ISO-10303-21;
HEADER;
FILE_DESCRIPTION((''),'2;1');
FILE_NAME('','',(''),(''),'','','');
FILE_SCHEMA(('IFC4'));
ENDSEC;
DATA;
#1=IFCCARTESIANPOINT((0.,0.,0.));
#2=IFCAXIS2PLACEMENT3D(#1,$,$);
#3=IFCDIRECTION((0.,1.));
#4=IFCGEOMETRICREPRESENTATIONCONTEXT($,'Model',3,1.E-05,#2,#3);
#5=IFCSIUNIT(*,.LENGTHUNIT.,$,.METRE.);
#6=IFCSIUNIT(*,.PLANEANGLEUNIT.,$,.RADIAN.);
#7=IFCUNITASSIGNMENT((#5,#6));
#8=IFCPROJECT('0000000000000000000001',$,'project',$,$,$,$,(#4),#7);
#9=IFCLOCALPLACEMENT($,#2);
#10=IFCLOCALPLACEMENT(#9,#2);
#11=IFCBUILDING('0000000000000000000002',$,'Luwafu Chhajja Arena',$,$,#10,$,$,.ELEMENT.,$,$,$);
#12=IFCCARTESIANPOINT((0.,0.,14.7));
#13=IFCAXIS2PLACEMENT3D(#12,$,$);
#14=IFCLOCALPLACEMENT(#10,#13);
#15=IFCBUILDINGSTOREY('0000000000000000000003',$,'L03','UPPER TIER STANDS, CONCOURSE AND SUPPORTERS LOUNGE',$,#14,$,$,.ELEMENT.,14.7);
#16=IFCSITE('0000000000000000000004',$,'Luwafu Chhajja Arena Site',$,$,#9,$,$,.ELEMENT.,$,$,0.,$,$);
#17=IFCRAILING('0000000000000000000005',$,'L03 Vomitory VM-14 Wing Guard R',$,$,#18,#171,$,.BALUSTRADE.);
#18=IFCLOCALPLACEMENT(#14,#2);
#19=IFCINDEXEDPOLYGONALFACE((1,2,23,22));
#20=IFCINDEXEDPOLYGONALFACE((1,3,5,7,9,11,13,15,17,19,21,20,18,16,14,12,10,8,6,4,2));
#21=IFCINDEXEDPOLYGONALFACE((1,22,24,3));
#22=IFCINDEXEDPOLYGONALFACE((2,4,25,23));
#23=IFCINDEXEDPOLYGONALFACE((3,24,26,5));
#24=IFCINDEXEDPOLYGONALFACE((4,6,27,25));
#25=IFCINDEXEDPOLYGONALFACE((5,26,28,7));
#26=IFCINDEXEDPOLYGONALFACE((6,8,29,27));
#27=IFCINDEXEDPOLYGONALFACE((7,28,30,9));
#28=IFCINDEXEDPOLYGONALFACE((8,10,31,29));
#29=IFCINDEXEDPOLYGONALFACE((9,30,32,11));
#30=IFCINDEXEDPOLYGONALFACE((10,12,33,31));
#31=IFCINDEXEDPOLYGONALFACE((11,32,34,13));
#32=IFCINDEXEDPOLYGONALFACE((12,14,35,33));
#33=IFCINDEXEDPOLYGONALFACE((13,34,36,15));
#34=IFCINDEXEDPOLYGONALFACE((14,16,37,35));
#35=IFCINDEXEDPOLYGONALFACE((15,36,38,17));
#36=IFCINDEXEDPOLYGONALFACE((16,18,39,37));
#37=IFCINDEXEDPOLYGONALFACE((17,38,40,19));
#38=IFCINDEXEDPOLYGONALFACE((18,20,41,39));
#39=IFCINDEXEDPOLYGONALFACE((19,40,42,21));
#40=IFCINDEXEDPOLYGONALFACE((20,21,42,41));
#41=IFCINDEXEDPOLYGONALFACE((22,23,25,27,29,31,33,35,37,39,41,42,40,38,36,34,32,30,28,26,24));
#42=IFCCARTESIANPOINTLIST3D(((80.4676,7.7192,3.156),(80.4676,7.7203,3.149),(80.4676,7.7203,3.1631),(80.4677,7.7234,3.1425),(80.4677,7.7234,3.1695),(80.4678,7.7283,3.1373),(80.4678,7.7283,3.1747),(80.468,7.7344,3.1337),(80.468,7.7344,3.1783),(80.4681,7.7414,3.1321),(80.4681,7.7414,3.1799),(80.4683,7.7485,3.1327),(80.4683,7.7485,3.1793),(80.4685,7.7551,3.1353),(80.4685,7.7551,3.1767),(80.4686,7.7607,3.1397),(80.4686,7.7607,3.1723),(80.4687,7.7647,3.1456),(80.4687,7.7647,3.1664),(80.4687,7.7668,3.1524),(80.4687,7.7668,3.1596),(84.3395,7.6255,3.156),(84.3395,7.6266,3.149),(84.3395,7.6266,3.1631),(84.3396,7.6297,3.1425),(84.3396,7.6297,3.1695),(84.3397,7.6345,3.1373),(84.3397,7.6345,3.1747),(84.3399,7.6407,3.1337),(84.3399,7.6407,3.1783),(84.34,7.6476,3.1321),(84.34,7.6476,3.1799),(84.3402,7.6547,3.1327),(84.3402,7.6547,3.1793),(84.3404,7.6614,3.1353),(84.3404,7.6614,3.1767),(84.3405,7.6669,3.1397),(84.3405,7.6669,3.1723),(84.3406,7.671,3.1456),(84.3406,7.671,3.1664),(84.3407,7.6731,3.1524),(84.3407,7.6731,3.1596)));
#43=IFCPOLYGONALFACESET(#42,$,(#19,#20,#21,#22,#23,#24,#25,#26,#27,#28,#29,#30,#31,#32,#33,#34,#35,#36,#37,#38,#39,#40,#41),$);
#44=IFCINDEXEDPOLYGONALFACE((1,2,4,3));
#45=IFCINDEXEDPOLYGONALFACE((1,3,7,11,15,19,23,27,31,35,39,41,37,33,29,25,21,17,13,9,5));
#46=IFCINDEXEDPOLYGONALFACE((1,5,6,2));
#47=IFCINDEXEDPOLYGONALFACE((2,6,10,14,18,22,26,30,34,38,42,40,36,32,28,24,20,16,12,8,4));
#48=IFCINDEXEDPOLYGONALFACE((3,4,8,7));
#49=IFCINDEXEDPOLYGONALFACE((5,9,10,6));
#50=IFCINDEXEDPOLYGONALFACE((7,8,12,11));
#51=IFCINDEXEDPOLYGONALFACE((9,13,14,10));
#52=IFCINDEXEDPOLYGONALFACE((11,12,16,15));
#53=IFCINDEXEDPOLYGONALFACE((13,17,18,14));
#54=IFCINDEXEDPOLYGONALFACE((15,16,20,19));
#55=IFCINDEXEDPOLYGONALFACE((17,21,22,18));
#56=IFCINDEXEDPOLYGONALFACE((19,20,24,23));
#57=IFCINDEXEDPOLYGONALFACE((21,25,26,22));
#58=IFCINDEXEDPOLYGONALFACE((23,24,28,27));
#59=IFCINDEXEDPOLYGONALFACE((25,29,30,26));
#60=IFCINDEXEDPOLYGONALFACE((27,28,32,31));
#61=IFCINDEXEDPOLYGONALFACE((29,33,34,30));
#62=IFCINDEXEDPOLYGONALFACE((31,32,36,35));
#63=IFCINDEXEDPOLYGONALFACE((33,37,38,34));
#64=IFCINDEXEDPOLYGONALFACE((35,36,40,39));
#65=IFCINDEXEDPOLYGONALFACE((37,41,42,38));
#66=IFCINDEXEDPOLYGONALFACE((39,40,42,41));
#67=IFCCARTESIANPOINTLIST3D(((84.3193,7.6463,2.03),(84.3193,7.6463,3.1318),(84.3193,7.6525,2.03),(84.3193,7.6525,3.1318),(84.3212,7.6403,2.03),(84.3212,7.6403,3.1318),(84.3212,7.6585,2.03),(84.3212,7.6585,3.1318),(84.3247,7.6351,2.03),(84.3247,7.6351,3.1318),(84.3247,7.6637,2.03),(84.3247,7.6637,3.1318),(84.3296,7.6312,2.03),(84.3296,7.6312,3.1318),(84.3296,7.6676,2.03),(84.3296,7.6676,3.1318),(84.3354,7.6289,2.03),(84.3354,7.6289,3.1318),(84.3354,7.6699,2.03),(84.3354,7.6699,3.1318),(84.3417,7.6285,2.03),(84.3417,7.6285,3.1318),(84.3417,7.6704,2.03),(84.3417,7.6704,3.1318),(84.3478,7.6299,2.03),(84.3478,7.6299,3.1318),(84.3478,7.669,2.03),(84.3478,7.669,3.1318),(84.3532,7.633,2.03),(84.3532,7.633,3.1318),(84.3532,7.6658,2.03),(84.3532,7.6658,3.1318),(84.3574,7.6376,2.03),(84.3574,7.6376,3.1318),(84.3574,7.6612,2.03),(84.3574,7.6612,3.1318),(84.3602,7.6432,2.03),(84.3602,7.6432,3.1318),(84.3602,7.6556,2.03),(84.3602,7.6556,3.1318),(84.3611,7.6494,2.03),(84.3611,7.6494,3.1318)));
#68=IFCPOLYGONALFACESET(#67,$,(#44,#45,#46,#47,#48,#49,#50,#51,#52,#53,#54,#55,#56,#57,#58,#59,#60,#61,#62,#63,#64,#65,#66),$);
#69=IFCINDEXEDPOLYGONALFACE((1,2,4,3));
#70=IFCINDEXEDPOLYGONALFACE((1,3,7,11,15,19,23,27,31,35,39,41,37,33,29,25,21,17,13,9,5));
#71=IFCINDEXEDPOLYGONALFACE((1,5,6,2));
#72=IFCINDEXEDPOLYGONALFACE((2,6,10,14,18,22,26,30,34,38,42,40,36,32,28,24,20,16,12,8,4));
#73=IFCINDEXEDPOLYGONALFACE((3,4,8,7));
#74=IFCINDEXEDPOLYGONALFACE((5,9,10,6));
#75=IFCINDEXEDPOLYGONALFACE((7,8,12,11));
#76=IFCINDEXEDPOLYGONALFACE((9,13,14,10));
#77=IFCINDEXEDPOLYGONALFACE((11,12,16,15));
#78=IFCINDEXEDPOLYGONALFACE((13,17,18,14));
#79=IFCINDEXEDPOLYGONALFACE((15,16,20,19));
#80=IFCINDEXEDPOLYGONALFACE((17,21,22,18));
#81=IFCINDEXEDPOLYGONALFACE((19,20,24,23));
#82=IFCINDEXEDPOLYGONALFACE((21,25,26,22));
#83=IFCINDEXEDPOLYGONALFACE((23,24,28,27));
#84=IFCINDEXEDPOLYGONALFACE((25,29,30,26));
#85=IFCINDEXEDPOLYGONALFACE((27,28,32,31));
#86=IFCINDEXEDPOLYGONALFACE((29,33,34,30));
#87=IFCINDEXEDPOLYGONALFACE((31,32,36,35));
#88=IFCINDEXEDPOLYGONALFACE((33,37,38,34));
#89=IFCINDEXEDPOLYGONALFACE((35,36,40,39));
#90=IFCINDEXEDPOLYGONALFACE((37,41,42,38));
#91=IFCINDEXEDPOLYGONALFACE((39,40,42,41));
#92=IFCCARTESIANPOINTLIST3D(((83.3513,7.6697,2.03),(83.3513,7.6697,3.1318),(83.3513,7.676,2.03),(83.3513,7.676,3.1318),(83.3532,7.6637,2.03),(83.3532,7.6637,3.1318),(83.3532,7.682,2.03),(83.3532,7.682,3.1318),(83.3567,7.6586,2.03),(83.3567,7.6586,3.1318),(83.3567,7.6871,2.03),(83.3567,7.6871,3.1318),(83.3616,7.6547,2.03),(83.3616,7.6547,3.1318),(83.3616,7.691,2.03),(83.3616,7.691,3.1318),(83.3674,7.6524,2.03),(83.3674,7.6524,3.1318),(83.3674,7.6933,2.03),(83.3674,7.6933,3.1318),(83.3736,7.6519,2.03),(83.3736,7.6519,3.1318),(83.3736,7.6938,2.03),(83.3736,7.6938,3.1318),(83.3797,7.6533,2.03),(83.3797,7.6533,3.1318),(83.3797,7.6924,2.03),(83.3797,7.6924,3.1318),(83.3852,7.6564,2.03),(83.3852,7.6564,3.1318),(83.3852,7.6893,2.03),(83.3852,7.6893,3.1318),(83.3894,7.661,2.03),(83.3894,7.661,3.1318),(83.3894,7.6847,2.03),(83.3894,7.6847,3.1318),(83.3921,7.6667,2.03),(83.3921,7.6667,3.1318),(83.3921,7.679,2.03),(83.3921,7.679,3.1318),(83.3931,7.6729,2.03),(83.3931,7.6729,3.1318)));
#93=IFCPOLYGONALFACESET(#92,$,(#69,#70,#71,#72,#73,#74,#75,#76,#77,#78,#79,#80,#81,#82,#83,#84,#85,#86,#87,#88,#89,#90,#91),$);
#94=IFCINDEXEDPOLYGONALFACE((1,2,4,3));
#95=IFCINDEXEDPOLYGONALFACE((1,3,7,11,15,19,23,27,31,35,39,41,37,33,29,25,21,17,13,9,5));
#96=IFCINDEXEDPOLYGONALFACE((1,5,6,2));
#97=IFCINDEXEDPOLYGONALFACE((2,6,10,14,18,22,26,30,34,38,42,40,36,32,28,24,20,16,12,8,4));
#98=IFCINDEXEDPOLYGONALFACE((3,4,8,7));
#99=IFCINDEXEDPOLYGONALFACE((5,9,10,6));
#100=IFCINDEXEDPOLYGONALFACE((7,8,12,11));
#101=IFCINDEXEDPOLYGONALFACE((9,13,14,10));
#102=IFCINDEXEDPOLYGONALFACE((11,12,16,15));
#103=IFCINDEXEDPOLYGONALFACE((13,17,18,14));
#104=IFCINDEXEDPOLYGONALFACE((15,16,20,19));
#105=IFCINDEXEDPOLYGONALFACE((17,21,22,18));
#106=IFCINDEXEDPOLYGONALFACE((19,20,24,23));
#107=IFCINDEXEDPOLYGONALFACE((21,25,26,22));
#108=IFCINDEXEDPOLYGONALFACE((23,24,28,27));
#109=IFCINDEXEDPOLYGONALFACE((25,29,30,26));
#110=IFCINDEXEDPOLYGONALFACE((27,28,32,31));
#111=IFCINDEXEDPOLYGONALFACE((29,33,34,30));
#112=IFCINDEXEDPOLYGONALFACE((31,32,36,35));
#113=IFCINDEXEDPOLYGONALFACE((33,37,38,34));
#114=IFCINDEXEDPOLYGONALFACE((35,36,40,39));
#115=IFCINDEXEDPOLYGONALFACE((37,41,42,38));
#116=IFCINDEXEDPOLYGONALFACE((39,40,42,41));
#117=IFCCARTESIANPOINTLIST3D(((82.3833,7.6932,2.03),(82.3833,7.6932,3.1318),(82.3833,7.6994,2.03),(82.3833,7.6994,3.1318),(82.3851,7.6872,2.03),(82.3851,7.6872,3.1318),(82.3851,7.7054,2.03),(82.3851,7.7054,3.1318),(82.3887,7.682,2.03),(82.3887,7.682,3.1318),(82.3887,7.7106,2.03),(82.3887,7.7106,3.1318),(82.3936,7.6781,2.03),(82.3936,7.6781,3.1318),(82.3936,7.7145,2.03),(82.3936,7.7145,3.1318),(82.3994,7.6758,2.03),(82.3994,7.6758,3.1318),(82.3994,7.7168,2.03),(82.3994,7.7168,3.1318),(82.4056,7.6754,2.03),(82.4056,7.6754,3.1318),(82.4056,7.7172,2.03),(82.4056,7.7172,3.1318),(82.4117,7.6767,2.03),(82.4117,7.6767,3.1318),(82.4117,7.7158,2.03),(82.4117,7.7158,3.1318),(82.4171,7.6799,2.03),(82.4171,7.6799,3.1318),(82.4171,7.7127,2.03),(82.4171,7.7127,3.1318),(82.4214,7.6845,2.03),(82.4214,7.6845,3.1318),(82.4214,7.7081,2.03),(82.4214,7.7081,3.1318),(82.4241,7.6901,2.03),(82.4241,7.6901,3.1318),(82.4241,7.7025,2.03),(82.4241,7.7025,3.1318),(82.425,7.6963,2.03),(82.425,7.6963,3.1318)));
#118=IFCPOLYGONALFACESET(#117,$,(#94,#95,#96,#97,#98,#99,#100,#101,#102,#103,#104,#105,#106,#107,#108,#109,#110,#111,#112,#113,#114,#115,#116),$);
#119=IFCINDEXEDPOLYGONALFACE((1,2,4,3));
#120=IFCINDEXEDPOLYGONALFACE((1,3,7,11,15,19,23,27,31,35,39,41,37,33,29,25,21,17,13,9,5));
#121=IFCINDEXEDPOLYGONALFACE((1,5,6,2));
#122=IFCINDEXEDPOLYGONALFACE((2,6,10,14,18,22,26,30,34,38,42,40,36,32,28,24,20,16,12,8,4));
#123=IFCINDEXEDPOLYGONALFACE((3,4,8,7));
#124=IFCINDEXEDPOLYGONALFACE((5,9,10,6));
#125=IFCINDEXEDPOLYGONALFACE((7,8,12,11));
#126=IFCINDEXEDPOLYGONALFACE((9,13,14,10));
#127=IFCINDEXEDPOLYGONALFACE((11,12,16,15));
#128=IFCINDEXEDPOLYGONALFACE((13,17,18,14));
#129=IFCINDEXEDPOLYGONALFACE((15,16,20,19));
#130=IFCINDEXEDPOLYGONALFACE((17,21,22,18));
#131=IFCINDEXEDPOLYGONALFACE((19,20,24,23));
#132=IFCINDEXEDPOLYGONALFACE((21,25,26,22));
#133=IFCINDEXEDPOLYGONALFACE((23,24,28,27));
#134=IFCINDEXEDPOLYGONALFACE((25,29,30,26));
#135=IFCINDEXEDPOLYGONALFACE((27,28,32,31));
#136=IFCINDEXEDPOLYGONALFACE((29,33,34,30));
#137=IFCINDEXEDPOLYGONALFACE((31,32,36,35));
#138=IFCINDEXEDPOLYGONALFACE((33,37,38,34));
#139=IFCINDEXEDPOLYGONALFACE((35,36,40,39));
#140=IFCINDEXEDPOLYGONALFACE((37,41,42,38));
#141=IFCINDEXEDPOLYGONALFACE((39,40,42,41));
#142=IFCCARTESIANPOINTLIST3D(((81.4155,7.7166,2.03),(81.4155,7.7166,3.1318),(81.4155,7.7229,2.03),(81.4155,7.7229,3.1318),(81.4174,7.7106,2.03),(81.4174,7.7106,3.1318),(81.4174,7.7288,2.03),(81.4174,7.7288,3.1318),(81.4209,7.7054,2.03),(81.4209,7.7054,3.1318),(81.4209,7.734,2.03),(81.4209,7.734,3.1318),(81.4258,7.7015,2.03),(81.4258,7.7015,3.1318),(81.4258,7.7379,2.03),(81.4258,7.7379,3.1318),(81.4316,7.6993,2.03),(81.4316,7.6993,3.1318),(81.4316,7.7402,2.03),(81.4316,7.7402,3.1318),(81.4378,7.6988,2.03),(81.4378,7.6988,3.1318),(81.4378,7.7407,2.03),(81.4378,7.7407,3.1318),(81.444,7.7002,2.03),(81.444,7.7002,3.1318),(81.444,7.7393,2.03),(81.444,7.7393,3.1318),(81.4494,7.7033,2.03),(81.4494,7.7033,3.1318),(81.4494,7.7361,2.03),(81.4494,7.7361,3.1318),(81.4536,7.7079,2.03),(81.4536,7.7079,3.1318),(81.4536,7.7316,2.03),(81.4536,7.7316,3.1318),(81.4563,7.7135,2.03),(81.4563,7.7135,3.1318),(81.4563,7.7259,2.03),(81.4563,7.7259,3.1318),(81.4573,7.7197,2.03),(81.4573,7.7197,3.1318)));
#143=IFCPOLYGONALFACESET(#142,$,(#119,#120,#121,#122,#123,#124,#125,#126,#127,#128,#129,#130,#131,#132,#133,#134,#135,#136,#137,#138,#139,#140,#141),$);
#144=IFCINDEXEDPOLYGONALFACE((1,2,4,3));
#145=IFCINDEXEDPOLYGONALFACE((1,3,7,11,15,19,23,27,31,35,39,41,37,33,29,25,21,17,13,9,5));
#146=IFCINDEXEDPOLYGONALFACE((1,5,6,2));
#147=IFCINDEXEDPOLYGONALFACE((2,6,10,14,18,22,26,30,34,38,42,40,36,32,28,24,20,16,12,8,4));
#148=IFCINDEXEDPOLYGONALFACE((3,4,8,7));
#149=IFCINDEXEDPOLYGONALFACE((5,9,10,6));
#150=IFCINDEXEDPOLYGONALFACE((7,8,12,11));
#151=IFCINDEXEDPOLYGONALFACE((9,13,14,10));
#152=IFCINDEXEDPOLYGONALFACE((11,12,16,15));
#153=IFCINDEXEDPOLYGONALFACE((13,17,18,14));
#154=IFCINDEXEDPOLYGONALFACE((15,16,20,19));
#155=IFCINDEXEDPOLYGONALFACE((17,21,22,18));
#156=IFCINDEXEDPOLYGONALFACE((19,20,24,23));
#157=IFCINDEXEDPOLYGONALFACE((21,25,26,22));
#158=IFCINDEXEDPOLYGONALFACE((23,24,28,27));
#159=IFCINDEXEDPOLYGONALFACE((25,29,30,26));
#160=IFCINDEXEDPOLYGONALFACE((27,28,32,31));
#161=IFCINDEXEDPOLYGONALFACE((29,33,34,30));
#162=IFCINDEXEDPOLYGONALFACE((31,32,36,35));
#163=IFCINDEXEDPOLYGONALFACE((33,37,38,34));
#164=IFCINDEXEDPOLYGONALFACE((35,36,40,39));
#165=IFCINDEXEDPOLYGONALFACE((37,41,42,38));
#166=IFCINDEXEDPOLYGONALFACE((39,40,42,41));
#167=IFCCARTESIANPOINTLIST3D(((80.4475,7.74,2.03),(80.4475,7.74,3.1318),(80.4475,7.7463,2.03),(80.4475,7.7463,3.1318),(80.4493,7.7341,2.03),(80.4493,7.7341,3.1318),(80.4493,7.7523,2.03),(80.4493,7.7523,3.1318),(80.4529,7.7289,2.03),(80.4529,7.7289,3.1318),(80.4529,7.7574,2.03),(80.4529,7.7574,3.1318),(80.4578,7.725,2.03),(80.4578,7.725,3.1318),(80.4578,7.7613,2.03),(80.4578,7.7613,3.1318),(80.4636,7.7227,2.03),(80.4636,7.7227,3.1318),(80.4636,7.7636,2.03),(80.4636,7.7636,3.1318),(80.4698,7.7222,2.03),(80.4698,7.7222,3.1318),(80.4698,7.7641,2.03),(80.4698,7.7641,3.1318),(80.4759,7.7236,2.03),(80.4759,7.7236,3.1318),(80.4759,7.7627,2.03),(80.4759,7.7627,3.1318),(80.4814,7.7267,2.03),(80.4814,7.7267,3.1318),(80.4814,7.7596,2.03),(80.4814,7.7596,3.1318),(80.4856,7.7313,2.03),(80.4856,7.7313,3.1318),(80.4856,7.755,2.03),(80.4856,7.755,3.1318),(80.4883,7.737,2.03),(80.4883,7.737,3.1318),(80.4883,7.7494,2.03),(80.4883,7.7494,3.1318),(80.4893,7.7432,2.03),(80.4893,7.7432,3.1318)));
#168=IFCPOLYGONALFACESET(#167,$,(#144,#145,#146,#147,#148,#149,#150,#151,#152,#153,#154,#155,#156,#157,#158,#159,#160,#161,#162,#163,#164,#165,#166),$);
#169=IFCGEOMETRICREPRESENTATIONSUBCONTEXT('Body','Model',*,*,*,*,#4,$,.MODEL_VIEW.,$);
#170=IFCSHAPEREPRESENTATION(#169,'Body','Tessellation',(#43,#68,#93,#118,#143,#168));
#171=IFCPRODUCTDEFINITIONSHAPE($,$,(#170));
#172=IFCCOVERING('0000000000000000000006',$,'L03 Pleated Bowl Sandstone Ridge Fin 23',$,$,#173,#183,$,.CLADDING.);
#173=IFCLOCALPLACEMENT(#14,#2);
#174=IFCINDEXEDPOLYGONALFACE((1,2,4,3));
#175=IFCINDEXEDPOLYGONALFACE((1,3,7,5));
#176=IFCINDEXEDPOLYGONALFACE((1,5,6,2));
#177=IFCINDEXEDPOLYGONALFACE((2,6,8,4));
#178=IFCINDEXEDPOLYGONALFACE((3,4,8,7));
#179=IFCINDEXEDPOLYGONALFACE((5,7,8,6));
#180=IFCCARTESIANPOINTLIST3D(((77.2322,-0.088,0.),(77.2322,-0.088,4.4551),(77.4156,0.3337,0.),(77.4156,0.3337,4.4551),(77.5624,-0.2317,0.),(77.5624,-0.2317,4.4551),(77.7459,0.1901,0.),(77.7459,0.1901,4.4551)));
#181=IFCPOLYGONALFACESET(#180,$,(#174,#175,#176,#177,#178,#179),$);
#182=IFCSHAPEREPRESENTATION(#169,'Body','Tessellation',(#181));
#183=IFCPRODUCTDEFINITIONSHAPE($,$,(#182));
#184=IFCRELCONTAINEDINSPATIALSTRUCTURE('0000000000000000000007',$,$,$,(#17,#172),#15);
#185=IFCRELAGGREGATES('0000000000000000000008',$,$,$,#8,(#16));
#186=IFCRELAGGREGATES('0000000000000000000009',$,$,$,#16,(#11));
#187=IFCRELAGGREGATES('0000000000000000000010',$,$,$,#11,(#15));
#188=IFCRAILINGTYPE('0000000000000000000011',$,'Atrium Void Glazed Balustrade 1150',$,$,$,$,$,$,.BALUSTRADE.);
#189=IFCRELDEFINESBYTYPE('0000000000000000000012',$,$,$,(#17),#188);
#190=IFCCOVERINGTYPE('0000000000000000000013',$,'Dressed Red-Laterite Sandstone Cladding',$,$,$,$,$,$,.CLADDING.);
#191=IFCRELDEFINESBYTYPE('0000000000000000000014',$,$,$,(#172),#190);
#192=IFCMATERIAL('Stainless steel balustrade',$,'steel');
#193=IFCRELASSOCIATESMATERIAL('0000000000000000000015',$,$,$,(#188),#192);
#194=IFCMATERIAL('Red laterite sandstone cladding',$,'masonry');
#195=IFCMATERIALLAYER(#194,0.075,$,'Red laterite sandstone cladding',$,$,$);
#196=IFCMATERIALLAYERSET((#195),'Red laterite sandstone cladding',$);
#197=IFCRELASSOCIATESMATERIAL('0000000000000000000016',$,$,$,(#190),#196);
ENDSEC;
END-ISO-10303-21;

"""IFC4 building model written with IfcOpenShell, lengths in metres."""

from ifc_helpers import new_model, si_unit, direction, frame, origin, origin_2d, place, context, subcontext, project, spatial, rectangle, circle, extrude, material, layer, layer_set, type_object, element, save


model = new_model("IFC4")

# Units and contexts
model_context = context("Model", 3, precision=1e-05, world=origin(), true_north=direction((0.0, 1.0)))
body_context = subcontext(model_context, "Body", "Model", "MODEL_VIEW")
ifc_project = project(units=[si_unit("LENGTHUNIT", "METRE"), si_unit("PLANEANGLEUNIT", "RADIAN")], contexts=[model_context])

# Site, building, storey
site_placement = place(None, origin())
site = spatial("IfcSite", under=ifc_project, at=site_placement, Name="Luwafu Chhajja Arena Site", CompositionType="ELEMENT", RefElevation=0.0)
building_placement = place(site_placement, origin())
building = spatial("IfcBuilding", under=site, at=building_placement, Name="Luwafu Chhajja Arena", CompositionType="ELEMENT")
storey_placement = place(building_placement, frame((0.0, 0.0, 14.7)))
storey = spatial("IfcBuildingStorey", under=building, at=storey_placement, Name="L03", Description="UPPER TIER STANDS, CONCOURSE AND SUPPORTERS LOUNGE", CompositionType="ELEMENT", Elevation=14.7)

# Railing
ifc_material_1 = material(Name="Stainless steel balustrade", Category="steel")
railing_type_1 = type_object("IfcRailingType", Name="Atrium Void Glazed Balustrade 1150", PredefinedType="BALUSTRADE", material=ifc_material_1)
railing_1_placement = place(storey_placement, frame((84.3401, 7.6494, 2.03)))
element("IfcRailing", 1, at=railing_1_placement, inside=storey, type_object=railing_type_1, Name="L03 Vomitory VM-14 Wing Guard R", PredefinedType="BALUSTRADE", context=body_context, shape_type="SweptSolid", body=[
    extrude(circle(Radius=0.0239, at=origin_2d()), frame((0.0, 0.0, 1.126), z_axis=(-0.999707, 0.024206, 0.0), x_axis=(-0.024206, -0.999707, 0.0)), (0.0, 0.0, 1.0), 3.873),
    extrude(circle(Radius=0.021, at=origin_2d()), origin(), (0.0, 0.0, 1.0), 1.1018),
    extrude(circle(Radius=0.021, at=origin_2d()), frame((-0.968, 0.0234, 0.0)), (0.0, 0.0, 1.0), 1.1018),
    extrude(circle(Radius=0.021, at=origin_2d()), frame((-1.936, 0.0469, 0.0)), (0.0, 0.0, 1.0), 1.1018),
    extrude(circle(Radius=0.021, at=origin_2d()), frame((-2.9038, 0.0703, 0.0)), (0.0, 0.0, 1.0), 1.1018),
    extrude(circle(Radius=0.021, at=origin_2d()), frame((-3.8718, 0.0938, 0.0)), (0.0, 0.0, 1.0), 1.1018),
])

# Covering
ifc_material_2 = material(Name="Red laterite sandstone cladding", Category="masonry")
ifc_layer_1 = layer(ifc_material_2, 0.075, Name="Red laterite sandstone cladding")
ifc_layer_set_1 = layer_set([ifc_layer_1], Name="Red laterite sandstone cladding")
covering_type = type_object("IfcCoveringType", Name="Dressed Red-Laterite Sandstone Cladding", PredefinedType="CLADDING", material=ifc_layer_set_1)
covering_placement = place(storey_placement, frame((77.489, 0.051, 0.0), z_axis=(0.0, 0.0, 1.0), x_axis=(-0.398903, -0.916993, 0.0)))
element("IfcCovering", 2, at=covering_placement, inside=storey, type_object=covering_type, Name="L03 Pleated Bowl Sandstone Ridge Fin 23", PredefinedType="CLADDING", context=body_context, shape_type="SweptSolid", body=[
    extrude(rectangle(XDim=0.46, YDim=0.3601, at=origin_2d()), origin(), (0.0, 0.0, 1.0), 4.4551),
])

save(model, "model.ifc")
